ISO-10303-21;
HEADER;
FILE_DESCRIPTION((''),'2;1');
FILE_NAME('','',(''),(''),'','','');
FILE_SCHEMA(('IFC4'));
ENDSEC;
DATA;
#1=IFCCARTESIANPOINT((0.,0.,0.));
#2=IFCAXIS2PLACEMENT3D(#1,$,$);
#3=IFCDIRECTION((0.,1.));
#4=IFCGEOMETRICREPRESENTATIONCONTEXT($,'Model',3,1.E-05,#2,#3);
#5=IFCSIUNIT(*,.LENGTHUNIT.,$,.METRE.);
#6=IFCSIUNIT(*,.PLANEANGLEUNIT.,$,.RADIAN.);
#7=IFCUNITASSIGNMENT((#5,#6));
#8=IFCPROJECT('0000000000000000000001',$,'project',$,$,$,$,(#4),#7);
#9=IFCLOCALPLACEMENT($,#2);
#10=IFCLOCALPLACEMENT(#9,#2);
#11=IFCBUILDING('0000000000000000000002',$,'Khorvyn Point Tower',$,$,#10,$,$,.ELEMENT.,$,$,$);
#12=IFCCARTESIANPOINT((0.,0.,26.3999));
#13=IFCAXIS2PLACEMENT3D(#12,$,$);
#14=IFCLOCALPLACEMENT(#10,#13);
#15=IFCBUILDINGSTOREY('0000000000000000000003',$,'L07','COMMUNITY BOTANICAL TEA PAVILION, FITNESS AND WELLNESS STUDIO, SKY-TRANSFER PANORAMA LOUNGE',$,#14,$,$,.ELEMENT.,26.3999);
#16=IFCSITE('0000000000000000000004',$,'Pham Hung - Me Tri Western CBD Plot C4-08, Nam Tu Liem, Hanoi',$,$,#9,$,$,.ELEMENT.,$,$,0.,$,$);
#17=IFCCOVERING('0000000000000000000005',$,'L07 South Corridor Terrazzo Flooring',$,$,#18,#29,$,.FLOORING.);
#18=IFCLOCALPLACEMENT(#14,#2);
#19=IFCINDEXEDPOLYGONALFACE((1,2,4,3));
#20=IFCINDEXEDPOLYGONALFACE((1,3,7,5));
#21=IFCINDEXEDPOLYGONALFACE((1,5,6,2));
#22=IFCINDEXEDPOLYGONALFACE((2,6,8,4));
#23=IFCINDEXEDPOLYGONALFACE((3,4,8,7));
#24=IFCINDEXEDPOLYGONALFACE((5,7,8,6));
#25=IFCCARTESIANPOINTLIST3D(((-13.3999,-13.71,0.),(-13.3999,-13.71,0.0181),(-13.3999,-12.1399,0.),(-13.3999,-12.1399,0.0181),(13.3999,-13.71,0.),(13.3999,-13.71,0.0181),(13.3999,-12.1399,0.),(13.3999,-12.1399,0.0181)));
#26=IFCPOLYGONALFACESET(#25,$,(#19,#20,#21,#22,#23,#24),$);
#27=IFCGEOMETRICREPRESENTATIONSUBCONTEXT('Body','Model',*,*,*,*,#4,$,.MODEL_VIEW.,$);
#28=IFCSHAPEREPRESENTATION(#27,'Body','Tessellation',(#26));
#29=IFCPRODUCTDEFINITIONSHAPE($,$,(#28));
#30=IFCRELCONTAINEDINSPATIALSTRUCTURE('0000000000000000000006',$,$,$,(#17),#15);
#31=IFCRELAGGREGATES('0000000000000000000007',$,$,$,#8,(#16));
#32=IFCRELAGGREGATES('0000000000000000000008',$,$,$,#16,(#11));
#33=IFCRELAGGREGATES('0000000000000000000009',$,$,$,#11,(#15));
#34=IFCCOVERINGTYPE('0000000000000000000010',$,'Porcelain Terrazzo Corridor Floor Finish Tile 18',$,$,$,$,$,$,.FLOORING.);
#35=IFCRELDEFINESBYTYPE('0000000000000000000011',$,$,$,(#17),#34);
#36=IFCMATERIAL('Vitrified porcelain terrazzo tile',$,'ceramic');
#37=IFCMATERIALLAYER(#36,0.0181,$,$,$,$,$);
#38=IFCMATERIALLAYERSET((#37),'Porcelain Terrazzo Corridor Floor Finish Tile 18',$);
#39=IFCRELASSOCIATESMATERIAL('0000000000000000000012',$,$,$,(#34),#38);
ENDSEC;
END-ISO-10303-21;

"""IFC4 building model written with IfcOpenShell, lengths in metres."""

from ifc_helpers import new_model, si_unit, direction, frame, origin, place, context, subcontext, project, spatial, polyline, outline, extrude, material, layer, layer_set, type_object, element, save


model = new_model("IFC4")

# Units and contexts
model_context = context("Model", 3, precision=1e-05, world=origin(), true_north=direction((0.0, 1.0)))
body_context = subcontext(model_context, "Body", "Model", "MODEL_VIEW")
ifc_project = project(units=[si_unit("LENGTHUNIT", "METRE"), si_unit("PLANEANGLEUNIT", "RADIAN")], contexts=[model_context])

# Site, building, storey
site_placement = place(None, origin())
site = spatial("IfcSite", under=ifc_project, at=site_placement, Name="Pham Hung - Me Tri Western CBD Plot C4-08, Nam Tu Liem, Hanoi", CompositionType="ELEMENT", RefElevation=0.0)
building_placement = place(site_placement, origin())
building = spatial("IfcBuilding", under=site, at=building_placement, Name="Khorvyn Point Tower", CompositionType="ELEMENT")
storey_placement = place(building_placement, frame((0.0, 0.0, 26.3999)))
storey = spatial("IfcBuildingStorey", under=building, at=storey_placement, Name="L07", Description="COMMUNITY BOTANICAL TEA PAVILION, FITNESS AND WELLNESS STUDIO, SKY-TRANSFER PANORAMA LOUNGE", CompositionType="ELEMENT", Elevation=26.3999)

# Covering
ifc_material_1 = material(Name="Vitrified porcelain terrazzo tile", Category="ceramic")
ifc_layer_1 = layer(ifc_material_1, 0.0181)
ifc_layer_set_1 = layer_set([ifc_layer_1], Name="Porcelain Terrazzo Corridor Floor Finish Tile 18")
covering_type_1 = type_object("IfcCoveringType", Name="Porcelain Terrazzo Corridor Floor Finish Tile 18", PredefinedType="FLOORING", material=ifc_layer_set_1)
covering_1_placement = place(storey_placement, origin())
element("IfcCovering", 1, at=covering_1_placement, inside=storey, type_object=covering_type_1, Name="L07 South Corridor Terrazzo Flooring", PredefinedType="FLOORING", context=body_context, shape_type="SweptSolid", body=[
    extrude(outline(polyline([(-13.3999, -13.71), (13.3999, -13.71), (13.3999, -12.1399), (-13.3999, -12.1399), (-13.3999, -13.71)])), origin(), (0.0, 0.0, 1.0), 0.0181),
])

save(model, "model.ifc")
